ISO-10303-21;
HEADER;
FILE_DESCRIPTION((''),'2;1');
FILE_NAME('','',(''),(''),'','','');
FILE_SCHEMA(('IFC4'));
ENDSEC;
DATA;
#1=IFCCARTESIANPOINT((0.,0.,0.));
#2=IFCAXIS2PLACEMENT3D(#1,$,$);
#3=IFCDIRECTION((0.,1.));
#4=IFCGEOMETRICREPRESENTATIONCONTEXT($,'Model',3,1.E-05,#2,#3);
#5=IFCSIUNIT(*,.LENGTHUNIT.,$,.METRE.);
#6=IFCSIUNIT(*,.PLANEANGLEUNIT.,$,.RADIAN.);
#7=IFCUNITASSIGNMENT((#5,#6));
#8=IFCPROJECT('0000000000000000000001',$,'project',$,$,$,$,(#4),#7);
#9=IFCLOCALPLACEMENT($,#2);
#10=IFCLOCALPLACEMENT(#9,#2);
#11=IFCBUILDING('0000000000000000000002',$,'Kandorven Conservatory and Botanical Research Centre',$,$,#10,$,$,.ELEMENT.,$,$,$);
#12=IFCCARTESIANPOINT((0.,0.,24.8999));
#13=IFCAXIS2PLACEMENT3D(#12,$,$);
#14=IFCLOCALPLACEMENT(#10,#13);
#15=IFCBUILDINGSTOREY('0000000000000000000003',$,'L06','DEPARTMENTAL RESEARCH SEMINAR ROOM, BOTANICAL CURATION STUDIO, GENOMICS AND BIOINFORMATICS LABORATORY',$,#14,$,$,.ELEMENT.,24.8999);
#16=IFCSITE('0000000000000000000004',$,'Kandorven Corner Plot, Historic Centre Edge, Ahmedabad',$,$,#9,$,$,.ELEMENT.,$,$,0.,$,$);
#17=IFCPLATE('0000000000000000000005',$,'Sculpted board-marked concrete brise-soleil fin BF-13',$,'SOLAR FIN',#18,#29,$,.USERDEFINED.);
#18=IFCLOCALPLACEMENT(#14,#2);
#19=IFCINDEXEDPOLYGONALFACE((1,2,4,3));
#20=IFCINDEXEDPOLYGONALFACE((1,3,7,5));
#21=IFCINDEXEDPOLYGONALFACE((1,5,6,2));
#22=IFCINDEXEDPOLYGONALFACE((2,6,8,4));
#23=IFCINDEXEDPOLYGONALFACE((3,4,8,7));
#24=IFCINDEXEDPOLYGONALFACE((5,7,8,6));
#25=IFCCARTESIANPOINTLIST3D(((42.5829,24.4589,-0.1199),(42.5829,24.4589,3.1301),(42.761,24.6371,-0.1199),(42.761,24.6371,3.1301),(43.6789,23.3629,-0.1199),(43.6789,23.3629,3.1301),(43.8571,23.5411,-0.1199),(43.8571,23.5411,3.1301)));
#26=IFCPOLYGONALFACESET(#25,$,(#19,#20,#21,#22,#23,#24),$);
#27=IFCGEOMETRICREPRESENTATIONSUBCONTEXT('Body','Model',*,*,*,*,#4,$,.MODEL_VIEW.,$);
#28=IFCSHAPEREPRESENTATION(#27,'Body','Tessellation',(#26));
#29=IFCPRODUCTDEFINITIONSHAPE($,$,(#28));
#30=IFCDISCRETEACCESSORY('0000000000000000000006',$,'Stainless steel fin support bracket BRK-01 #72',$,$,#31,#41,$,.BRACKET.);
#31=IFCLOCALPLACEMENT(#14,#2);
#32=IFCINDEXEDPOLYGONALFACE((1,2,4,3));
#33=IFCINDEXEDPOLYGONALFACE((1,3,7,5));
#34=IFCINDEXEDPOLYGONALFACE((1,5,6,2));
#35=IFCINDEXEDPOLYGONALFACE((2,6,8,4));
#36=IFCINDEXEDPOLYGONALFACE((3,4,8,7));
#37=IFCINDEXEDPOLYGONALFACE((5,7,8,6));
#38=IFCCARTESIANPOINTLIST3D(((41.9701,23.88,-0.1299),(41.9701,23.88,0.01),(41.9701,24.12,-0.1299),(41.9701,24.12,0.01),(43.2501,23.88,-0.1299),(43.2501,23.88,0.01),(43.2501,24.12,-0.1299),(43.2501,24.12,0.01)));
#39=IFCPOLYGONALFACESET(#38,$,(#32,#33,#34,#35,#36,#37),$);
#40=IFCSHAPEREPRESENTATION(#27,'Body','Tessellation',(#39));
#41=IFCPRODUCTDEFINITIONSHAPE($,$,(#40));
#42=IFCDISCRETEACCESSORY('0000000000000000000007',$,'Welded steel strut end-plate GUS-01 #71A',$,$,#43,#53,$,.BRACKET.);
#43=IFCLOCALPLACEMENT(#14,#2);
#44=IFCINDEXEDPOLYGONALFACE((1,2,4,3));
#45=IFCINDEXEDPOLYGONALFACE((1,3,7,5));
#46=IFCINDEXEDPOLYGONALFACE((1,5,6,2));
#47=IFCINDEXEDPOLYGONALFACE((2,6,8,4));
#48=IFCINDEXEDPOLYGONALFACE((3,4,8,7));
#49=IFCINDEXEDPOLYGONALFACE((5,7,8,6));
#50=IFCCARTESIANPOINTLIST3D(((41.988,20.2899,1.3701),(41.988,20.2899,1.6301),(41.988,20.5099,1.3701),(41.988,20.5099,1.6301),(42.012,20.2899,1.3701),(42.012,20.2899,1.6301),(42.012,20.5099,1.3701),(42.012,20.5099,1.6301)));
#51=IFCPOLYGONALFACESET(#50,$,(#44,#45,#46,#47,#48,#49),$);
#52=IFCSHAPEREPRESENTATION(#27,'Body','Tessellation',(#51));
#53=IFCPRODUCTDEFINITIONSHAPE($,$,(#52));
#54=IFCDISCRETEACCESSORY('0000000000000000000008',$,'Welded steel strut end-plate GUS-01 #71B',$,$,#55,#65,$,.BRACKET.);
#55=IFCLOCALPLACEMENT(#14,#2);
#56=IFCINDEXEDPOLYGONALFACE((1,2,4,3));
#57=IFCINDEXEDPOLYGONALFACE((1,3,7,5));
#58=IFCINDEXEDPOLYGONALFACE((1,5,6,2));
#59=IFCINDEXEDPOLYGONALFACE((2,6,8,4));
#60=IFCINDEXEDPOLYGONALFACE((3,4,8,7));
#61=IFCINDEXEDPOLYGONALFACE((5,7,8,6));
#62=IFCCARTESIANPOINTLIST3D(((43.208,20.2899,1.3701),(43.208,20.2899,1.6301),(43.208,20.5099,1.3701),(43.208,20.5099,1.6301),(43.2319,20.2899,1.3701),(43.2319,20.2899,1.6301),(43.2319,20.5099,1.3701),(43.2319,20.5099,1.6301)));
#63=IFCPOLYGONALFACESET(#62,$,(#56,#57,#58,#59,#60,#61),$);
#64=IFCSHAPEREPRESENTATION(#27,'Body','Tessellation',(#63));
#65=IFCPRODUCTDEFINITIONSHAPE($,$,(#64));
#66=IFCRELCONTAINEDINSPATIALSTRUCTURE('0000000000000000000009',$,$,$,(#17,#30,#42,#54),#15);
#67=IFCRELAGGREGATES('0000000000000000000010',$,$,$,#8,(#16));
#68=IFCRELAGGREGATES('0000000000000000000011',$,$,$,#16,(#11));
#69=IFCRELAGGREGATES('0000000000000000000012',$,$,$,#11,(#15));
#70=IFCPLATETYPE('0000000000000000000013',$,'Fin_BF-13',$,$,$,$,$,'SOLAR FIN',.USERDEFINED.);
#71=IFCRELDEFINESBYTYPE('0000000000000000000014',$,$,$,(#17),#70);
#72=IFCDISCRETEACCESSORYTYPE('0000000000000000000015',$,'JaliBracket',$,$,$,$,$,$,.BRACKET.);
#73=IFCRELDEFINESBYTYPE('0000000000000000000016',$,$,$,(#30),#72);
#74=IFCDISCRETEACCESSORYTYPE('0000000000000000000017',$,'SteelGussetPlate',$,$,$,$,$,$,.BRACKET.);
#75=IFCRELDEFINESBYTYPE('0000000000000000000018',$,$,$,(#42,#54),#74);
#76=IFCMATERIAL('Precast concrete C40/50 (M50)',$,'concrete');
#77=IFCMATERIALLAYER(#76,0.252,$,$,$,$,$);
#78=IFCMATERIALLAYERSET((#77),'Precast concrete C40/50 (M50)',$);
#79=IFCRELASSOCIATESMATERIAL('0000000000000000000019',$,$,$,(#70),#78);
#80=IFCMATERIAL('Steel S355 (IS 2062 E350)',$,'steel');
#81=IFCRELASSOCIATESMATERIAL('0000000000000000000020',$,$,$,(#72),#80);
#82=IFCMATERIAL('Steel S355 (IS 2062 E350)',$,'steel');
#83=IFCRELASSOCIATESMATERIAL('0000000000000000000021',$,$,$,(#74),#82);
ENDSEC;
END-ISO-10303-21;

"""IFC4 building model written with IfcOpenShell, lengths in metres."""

from ifc_helpers import new_model, si_unit, direction, frame, origin, origin_2d, place, context, subcontext, project, spatial, rectangle, extrude, material, layer, layer_set, type_object, element, save


model = new_model("IFC4")

# Units and contexts
model_context = context("Model", 3, precision=1e-05, world=origin(), true_north=direction((0.0, 1.0)))
body_context = subcontext(model_context, "Body", "Model", "MODEL_VIEW")
ifc_project = project(units=[si_unit("LENGTHUNIT", "METRE"), si_unit("PLANEANGLEUNIT", "RADIAN")], contexts=[model_context])

# Site, building, storey
site_placement = place(None, origin())
site = spatial("IfcSite", under=ifc_project, at=site_placement, Name="Kandorven Corner Plot, Historic Centre Edge, Ahmedabad", CompositionType="ELEMENT", RefElevation=0.0)
building_placement = place(site_placement, origin())
building = spatial("IfcBuilding", under=site, at=building_placement, Name="Kandorven Conservatory and Botanical Research Centre", CompositionType="ELEMENT")
storey_placement = place(building_placement, frame((0.0, 0.0, 24.8999)))
storey = spatial("IfcBuildingStorey", under=building, at=storey_placement, Name="L06", Description="DEPARTMENTAL RESEARCH SEMINAR ROOM, BOTANICAL CURATION STUDIO, GENOMICS AND BIOINFORMATICS LABORATORY", CompositionType="ELEMENT", Elevation=24.8999)

# Plate
ifc_material_1 = material(Name="Precast concrete C40/50 (M50)", Category="concrete")
ifc_layer_1 = layer(ifc_material_1, 0.252)
ifc_layer_set_1 = layer_set([ifc_layer_1], Name="Precast concrete C40/50 (M50)")
plate_type_1 = type_object("IfcPlateType", Name="Fin_BF-13", ElementType="SOLAR FIN", PredefinedType="USERDEFINED", material=ifc_layer_set_1)
plate_1_placement = place(storey_placement, frame((43.22, 24.0, -0.1199), z_axis=(0.0, 0.0, 1.0), x_axis=(-0.707107, 0.707107, 0.0)))
element("IfcPlate", 1, at=plate_1_placement, inside=storey, type_object=plate_type_1, Name="Sculpted board-marked concrete brise-soleil fin BF-13", ObjectType="SOLAR FIN", PredefinedType="USERDEFINED", context=body_context, shape_type="SweptSolid", body=[
    extrude(rectangle(XDim=1.55, YDim=0.252, at=origin_2d()), origin(), (0.0, 0.0, 1.0), 3.25),
])

# Discrete accessories
ifc_material_2 = material(Name="Steel S355 (IS 2062 E350)", Category="steel")
discrete_accessory_type_1 = type_object("IfcDiscreteAccessoryType", Name="JaliBracket", PredefinedType="BRACKET", material=ifc_material_2)
discrete_accessory_placement = place(storey_placement, frame((42.6101, 24.0, -0.1299), z_axis=(0.0, 0.0, 1.0), x_axis=(1.0, 0.0, 0.0)))
element("IfcDiscreteAccessory", 2, at=discrete_accessory_placement, inside=storey, type_object=discrete_accessory_type_1, Name="Stainless steel fin support bracket BRK-01 #72", PredefinedType="BRACKET", context=body_context, shape_type="SweptSolid", body=[
    extrude(rectangle(XDim=1.28, YDim=0.24, at=origin_2d()), origin(), (0.0, 0.0, 1.0), 0.1399),
])
ifc_material_3 = material(Name="Steel S355 (IS 2062 E350)", Category="steel")
discrete_accessory_type_2 = type_object("IfcDiscreteAccessoryType", Name="SteelGussetPlate", PredefinedType="BRACKET", material=ifc_material_3)
for number, where, z_axis, x_axis, name in (
    (3, (42.0, 20.3999, 1.3701), (0.0, 0.0, 1.0), (1.0, 0.0, 0.0), "Welded steel strut end-plate GUS-01 #71A"),
    (4, (43.22, 20.3999, 1.3701), (0.0, 0.0, 1.0), (1.0, 0.0, 0.0), "Welded steel strut end-plate GUS-01 #71B"),
):
    element("IfcDiscreteAccessory", number, at=place(storey_placement, frame(where, z_axis=z_axis, x_axis=x_axis)), inside=storey, type_object=discrete_accessory_type_2, Name=name, PredefinedType="BRACKET", context=body_context, shape_type="SweptSolid", body=[
        extrude(rectangle(XDim=0.0239, YDim=0.22, at=origin_2d()), origin(), (0.0, 0.0, 1.0), 0.26),
    ])

save(model, "model.ifc")
